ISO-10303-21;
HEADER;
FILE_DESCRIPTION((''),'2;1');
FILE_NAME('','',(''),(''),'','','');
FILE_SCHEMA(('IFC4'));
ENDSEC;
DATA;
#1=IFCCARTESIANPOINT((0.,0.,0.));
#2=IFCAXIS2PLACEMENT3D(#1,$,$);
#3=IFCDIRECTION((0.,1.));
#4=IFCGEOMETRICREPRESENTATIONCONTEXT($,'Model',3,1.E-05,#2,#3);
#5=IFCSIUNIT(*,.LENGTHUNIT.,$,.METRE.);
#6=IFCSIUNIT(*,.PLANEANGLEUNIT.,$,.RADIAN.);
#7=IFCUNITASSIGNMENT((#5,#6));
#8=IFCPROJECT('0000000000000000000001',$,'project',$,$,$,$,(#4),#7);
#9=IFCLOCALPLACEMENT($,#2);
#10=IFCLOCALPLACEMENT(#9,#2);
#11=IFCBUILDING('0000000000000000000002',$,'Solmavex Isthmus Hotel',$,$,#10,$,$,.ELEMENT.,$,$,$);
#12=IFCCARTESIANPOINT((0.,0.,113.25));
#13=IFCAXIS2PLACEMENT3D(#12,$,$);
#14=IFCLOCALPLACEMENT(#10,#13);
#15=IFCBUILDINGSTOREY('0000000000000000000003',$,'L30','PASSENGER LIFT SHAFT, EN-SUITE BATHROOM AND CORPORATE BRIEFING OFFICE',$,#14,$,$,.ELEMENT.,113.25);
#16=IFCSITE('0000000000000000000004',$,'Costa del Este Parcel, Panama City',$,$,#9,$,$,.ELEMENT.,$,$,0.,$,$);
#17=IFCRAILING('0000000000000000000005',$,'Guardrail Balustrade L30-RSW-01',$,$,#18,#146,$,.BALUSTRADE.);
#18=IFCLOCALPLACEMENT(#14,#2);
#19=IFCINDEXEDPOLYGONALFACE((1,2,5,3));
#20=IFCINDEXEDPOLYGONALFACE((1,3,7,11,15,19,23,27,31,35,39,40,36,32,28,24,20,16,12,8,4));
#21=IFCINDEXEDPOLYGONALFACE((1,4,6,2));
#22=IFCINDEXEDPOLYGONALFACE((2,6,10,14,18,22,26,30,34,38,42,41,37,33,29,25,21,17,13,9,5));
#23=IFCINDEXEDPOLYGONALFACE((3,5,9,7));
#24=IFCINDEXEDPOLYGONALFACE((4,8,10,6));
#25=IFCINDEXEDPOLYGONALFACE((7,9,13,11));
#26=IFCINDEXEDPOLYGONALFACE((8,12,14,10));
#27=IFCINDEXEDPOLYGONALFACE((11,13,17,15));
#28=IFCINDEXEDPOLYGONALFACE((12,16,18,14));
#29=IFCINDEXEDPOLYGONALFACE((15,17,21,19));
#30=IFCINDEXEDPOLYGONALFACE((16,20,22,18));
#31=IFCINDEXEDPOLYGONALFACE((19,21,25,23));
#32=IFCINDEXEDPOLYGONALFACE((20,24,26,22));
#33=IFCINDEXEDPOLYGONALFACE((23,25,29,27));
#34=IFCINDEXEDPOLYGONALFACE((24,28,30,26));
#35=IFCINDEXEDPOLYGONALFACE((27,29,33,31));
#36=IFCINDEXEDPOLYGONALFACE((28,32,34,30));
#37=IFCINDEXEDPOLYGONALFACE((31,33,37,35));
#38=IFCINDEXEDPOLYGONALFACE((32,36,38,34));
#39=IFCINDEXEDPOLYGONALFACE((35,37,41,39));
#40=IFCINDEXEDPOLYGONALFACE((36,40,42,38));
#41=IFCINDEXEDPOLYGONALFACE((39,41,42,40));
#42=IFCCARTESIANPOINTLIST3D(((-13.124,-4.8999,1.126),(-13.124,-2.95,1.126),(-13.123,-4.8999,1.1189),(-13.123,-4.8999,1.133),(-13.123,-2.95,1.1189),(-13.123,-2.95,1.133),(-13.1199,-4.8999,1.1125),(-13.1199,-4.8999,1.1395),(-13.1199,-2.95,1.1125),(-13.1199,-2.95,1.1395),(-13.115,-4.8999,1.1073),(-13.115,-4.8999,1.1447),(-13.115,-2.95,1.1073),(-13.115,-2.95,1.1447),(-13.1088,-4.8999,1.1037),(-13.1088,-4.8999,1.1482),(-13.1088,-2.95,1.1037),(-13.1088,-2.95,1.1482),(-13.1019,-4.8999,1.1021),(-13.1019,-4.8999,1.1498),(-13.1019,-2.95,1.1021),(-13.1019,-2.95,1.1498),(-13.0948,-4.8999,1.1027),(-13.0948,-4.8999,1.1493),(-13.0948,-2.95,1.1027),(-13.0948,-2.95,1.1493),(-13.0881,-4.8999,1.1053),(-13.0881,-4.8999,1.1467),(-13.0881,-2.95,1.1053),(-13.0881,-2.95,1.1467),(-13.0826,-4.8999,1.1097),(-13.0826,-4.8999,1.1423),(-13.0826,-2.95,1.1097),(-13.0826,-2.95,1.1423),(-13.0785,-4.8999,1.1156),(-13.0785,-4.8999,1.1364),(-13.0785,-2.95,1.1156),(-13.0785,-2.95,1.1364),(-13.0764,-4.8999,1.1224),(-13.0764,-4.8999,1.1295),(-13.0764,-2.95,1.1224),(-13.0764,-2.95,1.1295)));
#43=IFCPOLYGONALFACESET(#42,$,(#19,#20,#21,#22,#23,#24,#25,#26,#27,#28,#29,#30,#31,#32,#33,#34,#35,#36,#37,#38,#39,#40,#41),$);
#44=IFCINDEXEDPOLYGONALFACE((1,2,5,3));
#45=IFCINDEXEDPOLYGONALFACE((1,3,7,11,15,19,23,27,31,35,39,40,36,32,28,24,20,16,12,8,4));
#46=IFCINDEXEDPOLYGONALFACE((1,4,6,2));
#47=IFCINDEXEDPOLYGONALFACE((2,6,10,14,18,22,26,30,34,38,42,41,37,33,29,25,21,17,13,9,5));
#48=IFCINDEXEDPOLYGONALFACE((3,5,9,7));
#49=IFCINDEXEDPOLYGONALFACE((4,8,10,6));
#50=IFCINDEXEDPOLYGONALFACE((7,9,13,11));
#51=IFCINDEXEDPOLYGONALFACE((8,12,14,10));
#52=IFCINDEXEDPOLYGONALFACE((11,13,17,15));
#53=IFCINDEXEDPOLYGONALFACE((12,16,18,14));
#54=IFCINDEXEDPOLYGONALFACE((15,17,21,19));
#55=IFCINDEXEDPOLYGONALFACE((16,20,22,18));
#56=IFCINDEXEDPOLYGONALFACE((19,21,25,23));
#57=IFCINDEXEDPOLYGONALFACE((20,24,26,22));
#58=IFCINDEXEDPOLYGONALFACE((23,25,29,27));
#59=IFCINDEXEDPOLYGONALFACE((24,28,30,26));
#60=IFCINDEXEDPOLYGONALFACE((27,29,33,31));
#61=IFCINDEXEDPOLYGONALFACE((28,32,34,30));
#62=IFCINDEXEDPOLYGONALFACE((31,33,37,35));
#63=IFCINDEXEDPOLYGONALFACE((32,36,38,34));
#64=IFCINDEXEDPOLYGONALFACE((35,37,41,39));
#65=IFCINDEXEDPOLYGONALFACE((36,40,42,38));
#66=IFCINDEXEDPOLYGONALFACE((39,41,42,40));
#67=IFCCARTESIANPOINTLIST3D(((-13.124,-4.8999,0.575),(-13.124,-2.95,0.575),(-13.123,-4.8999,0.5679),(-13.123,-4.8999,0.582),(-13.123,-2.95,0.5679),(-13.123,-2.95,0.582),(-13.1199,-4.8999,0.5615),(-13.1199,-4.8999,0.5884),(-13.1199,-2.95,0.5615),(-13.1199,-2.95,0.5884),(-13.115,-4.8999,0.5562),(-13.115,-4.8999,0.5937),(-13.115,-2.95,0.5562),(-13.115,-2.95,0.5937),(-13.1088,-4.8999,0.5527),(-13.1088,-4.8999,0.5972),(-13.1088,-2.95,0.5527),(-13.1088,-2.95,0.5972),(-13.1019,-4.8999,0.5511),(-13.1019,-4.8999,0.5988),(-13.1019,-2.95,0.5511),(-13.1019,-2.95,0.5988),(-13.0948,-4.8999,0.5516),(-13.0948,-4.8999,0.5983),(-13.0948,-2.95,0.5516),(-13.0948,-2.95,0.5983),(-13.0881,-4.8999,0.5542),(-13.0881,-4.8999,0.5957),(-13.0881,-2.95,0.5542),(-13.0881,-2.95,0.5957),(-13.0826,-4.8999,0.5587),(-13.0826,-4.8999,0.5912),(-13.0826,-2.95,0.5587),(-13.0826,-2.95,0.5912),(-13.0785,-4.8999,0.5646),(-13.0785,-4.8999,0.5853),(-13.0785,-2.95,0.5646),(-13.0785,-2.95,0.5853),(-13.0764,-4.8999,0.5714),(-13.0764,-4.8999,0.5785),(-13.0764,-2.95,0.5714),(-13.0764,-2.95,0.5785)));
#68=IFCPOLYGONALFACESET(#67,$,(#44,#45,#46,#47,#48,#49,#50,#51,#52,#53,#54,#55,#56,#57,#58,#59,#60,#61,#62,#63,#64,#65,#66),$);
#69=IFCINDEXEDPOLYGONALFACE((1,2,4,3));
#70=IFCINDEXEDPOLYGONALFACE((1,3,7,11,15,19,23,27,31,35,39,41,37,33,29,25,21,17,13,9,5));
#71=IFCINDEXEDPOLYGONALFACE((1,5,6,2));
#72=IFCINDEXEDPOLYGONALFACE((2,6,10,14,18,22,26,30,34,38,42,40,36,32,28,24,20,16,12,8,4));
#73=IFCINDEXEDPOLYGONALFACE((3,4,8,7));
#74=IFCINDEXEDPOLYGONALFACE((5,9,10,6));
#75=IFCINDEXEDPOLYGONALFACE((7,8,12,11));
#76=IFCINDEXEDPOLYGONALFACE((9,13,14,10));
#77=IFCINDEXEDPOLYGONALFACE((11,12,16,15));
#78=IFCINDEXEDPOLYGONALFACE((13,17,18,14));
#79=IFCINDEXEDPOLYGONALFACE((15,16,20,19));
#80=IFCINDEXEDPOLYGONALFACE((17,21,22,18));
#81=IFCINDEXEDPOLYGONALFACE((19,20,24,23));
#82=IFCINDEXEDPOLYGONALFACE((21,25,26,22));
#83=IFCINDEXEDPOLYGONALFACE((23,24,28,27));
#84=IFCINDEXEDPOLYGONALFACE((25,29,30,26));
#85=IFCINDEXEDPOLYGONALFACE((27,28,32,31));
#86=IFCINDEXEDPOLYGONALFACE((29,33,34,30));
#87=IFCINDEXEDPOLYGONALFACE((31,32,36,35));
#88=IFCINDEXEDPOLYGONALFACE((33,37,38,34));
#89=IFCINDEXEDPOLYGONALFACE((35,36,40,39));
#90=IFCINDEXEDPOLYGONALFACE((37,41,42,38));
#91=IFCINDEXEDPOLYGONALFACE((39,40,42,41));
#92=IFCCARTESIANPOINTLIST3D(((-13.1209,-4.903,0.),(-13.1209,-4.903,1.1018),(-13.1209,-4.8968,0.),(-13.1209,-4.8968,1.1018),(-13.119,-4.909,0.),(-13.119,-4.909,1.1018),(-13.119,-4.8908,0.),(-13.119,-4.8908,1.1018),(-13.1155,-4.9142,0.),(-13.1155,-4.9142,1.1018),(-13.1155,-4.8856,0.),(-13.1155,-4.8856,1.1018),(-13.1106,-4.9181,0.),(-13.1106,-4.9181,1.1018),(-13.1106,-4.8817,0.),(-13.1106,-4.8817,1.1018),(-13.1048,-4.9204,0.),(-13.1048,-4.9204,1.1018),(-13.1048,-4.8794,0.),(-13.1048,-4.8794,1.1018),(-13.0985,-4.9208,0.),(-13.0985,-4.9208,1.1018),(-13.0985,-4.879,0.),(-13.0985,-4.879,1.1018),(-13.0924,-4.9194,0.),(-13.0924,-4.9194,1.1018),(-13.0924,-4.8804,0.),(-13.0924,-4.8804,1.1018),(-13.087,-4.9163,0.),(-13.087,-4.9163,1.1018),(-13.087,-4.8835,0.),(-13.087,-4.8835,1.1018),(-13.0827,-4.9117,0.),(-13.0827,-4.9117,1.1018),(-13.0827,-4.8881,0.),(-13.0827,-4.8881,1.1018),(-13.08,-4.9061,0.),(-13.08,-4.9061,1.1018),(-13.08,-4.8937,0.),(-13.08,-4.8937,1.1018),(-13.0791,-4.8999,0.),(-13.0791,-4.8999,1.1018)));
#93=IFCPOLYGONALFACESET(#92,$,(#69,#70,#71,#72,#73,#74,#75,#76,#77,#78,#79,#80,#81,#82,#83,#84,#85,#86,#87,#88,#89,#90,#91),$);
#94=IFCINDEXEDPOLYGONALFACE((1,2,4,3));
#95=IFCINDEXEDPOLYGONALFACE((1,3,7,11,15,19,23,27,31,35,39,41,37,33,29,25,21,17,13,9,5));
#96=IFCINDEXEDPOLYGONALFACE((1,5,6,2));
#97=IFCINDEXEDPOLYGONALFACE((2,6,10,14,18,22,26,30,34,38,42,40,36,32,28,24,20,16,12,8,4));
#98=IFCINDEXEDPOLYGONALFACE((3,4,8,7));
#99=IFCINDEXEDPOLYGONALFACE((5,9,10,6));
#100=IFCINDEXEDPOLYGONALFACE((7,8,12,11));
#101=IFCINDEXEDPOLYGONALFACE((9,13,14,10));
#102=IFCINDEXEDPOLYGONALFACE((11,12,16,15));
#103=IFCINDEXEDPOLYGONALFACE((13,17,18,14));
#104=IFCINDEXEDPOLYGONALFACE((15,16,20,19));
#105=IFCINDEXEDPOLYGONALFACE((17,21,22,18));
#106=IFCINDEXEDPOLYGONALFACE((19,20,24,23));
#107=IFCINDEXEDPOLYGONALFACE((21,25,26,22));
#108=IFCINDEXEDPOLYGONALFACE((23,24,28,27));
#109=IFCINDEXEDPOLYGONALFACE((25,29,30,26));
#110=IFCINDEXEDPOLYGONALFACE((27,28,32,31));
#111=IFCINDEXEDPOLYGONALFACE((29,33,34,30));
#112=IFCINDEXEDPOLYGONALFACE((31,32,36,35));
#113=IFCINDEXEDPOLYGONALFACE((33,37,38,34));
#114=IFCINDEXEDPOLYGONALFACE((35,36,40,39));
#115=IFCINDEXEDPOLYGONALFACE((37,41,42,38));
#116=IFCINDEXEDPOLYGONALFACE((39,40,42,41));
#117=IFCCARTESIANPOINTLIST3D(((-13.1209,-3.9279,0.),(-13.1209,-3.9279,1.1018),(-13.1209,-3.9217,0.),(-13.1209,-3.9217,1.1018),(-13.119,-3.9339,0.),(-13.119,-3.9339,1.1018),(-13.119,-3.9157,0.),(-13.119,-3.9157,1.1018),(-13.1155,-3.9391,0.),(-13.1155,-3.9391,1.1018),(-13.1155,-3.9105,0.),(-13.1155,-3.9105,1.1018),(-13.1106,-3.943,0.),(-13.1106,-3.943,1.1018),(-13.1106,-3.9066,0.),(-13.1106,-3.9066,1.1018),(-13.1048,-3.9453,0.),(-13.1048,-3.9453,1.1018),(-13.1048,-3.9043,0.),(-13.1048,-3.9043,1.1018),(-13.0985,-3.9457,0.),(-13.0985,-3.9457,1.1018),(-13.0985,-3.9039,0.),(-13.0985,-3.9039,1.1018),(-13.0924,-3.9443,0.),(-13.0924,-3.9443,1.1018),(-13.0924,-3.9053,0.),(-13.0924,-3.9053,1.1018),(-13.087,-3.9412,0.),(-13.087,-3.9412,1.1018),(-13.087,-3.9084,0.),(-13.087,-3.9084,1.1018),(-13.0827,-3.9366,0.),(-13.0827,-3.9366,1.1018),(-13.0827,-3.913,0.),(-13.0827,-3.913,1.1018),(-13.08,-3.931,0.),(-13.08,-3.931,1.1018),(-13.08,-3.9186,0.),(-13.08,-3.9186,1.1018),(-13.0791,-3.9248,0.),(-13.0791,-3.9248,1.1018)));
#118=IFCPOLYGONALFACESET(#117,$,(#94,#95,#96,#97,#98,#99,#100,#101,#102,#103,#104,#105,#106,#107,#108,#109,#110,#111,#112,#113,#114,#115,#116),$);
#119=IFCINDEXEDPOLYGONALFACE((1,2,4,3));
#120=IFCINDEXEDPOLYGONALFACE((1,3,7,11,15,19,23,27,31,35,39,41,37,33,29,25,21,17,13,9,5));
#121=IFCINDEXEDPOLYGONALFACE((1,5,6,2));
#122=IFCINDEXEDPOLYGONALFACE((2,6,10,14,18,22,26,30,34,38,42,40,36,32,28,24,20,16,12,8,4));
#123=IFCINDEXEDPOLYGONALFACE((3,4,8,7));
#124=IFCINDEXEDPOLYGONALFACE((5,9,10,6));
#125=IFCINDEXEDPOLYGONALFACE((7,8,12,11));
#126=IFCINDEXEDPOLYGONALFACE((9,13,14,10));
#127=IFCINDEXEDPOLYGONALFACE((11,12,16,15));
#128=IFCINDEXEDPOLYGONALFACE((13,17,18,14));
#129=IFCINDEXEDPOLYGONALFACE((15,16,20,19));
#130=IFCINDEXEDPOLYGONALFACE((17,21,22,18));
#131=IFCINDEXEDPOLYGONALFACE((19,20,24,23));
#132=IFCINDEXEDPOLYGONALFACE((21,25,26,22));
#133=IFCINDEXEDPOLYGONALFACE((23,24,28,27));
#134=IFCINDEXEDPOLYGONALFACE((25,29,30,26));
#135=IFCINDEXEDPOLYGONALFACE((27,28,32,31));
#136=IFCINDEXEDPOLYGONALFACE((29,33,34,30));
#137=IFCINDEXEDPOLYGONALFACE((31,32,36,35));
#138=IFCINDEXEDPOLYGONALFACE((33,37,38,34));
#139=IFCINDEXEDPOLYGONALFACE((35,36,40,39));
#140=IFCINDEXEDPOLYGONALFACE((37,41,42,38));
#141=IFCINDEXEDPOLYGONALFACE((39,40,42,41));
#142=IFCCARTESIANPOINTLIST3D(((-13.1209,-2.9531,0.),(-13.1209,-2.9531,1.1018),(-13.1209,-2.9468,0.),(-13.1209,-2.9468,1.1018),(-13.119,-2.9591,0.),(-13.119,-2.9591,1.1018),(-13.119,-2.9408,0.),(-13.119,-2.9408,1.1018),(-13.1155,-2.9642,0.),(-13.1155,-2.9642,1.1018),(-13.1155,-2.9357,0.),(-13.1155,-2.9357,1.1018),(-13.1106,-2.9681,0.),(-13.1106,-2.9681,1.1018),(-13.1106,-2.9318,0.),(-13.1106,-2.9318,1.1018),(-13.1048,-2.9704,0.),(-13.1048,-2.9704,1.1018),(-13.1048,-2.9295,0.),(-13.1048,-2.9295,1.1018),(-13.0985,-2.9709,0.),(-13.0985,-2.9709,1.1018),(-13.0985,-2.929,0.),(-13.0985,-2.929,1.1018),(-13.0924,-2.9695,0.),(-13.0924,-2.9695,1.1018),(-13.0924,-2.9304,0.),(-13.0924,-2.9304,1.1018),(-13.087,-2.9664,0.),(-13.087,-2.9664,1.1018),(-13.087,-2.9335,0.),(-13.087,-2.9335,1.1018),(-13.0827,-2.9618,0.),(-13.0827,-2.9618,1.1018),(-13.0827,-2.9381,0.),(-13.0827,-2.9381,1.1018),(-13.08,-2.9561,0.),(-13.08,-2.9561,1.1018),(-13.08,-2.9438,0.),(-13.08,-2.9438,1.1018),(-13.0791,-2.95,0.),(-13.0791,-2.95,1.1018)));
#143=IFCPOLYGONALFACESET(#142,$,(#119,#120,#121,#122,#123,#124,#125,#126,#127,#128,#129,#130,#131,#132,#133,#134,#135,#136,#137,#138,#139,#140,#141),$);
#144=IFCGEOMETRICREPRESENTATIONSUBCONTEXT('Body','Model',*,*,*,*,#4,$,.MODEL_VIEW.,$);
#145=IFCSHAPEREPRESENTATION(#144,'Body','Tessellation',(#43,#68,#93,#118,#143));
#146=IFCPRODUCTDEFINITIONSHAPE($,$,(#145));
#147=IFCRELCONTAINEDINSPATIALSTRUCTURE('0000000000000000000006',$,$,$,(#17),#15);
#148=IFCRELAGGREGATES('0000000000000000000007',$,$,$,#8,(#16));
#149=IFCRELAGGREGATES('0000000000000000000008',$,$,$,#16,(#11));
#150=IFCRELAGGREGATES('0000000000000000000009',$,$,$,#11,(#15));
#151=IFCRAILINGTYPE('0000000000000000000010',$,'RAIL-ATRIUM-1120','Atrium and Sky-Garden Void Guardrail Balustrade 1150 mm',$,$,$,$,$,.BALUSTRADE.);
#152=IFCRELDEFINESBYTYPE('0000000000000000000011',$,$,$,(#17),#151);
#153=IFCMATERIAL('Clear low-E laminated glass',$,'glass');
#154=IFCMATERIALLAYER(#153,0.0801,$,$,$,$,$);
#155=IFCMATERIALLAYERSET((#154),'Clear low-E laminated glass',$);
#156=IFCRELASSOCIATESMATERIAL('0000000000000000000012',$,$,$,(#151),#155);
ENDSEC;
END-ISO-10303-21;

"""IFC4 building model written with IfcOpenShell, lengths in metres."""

from ifc_helpers import new_model, si_unit, direction, frame, origin, origin_2d, place, context, subcontext, project, spatial, circle, extrude, material, layer, layer_set, type_object, element, save


model = new_model("IFC4")

# Units and contexts
model_context = context("Model", 3, precision=1e-05, world=origin(), true_north=direction((0.0, 1.0)))
body_context = subcontext(model_context, "Body", "Model", "MODEL_VIEW")
ifc_project = project(units=[si_unit("LENGTHUNIT", "METRE"), si_unit("PLANEANGLEUNIT", "RADIAN")], contexts=[model_context])

# Site, building, storey
site_placement = place(None, origin())
site = spatial("IfcSite", under=ifc_project, at=site_placement, Name="Costa del Este Parcel, Panama City", CompositionType="ELEMENT", RefElevation=0.0)
building_placement = place(site_placement, origin())
building = spatial("IfcBuilding", under=site, at=building_placement, Name="Solmavex Isthmus Hotel", CompositionType="ELEMENT")
storey_placement = place(building_placement, frame((0.0, 0.0, 113.25)))
storey = spatial("IfcBuildingStorey", under=building, at=storey_placement, Name="L30", Description="PASSENGER LIFT SHAFT, EN-SUITE BATHROOM AND CORPORATE BRIEFING OFFICE", CompositionType="ELEMENT", Elevation=113.25)

# Railing
ifc_material_1 = material(Name="Clear low-E laminated glass", Category="glass")
ifc_layer_1 = layer(ifc_material_1, 0.0801)
ifc_layer_set_1 = layer_set([ifc_layer_1], Name="Clear low-E laminated glass")
railing_type_1 = type_object("IfcRailingType", Name="RAIL-ATRIUM-1120", Description="Atrium and Sky-Garden Void Guardrail Balustrade 1150 mm", PredefinedType="BALUSTRADE", material=ifc_layer_set_1)
railing_1_placement = place(storey_placement, frame((-13.1001, -4.8999, 0.0)))
element("IfcRailing", 1, at=railing_1_placement, inside=storey, type_object=railing_type_1, Name="Guardrail Balustrade L30-RSW-01", PredefinedType="BALUSTRADE", context=body_context, shape_type="SweptSolid", body=[
    extrude(circle(Radius=0.0239, at=origin_2d()), frame((0.0, 0.0, 1.126), z_axis=(0.0, 1.0, 0.0), x_axis=(-1.0, 0.0, 0.0)), (0.0, 0.0, 1.0), 1.95),
    extrude(circle(Radius=0.0239, at=origin_2d()), frame((0.0, 0.0, 0.575), z_axis=(0.0, 1.0, 0.0), x_axis=(-1.0, 0.0, 0.0)), (0.0, 0.0, 1.0), 1.95),
    extrude(circle(Radius=0.021, at=origin_2d()), origin(), (0.0, 0.0, 1.0), 1.1018),
    extrude(circle(Radius=0.021, at=origin_2d()), frame((0.0, 0.9751, 0.0)), (0.0, 0.0, 1.0), 1.1018),
    extrude(circle(Radius=0.021, at=origin_2d()), frame((0.0, 1.95, 0.0)), (0.0, 0.0, 1.0), 1.1018),
])

save(model, "model.ifc")
